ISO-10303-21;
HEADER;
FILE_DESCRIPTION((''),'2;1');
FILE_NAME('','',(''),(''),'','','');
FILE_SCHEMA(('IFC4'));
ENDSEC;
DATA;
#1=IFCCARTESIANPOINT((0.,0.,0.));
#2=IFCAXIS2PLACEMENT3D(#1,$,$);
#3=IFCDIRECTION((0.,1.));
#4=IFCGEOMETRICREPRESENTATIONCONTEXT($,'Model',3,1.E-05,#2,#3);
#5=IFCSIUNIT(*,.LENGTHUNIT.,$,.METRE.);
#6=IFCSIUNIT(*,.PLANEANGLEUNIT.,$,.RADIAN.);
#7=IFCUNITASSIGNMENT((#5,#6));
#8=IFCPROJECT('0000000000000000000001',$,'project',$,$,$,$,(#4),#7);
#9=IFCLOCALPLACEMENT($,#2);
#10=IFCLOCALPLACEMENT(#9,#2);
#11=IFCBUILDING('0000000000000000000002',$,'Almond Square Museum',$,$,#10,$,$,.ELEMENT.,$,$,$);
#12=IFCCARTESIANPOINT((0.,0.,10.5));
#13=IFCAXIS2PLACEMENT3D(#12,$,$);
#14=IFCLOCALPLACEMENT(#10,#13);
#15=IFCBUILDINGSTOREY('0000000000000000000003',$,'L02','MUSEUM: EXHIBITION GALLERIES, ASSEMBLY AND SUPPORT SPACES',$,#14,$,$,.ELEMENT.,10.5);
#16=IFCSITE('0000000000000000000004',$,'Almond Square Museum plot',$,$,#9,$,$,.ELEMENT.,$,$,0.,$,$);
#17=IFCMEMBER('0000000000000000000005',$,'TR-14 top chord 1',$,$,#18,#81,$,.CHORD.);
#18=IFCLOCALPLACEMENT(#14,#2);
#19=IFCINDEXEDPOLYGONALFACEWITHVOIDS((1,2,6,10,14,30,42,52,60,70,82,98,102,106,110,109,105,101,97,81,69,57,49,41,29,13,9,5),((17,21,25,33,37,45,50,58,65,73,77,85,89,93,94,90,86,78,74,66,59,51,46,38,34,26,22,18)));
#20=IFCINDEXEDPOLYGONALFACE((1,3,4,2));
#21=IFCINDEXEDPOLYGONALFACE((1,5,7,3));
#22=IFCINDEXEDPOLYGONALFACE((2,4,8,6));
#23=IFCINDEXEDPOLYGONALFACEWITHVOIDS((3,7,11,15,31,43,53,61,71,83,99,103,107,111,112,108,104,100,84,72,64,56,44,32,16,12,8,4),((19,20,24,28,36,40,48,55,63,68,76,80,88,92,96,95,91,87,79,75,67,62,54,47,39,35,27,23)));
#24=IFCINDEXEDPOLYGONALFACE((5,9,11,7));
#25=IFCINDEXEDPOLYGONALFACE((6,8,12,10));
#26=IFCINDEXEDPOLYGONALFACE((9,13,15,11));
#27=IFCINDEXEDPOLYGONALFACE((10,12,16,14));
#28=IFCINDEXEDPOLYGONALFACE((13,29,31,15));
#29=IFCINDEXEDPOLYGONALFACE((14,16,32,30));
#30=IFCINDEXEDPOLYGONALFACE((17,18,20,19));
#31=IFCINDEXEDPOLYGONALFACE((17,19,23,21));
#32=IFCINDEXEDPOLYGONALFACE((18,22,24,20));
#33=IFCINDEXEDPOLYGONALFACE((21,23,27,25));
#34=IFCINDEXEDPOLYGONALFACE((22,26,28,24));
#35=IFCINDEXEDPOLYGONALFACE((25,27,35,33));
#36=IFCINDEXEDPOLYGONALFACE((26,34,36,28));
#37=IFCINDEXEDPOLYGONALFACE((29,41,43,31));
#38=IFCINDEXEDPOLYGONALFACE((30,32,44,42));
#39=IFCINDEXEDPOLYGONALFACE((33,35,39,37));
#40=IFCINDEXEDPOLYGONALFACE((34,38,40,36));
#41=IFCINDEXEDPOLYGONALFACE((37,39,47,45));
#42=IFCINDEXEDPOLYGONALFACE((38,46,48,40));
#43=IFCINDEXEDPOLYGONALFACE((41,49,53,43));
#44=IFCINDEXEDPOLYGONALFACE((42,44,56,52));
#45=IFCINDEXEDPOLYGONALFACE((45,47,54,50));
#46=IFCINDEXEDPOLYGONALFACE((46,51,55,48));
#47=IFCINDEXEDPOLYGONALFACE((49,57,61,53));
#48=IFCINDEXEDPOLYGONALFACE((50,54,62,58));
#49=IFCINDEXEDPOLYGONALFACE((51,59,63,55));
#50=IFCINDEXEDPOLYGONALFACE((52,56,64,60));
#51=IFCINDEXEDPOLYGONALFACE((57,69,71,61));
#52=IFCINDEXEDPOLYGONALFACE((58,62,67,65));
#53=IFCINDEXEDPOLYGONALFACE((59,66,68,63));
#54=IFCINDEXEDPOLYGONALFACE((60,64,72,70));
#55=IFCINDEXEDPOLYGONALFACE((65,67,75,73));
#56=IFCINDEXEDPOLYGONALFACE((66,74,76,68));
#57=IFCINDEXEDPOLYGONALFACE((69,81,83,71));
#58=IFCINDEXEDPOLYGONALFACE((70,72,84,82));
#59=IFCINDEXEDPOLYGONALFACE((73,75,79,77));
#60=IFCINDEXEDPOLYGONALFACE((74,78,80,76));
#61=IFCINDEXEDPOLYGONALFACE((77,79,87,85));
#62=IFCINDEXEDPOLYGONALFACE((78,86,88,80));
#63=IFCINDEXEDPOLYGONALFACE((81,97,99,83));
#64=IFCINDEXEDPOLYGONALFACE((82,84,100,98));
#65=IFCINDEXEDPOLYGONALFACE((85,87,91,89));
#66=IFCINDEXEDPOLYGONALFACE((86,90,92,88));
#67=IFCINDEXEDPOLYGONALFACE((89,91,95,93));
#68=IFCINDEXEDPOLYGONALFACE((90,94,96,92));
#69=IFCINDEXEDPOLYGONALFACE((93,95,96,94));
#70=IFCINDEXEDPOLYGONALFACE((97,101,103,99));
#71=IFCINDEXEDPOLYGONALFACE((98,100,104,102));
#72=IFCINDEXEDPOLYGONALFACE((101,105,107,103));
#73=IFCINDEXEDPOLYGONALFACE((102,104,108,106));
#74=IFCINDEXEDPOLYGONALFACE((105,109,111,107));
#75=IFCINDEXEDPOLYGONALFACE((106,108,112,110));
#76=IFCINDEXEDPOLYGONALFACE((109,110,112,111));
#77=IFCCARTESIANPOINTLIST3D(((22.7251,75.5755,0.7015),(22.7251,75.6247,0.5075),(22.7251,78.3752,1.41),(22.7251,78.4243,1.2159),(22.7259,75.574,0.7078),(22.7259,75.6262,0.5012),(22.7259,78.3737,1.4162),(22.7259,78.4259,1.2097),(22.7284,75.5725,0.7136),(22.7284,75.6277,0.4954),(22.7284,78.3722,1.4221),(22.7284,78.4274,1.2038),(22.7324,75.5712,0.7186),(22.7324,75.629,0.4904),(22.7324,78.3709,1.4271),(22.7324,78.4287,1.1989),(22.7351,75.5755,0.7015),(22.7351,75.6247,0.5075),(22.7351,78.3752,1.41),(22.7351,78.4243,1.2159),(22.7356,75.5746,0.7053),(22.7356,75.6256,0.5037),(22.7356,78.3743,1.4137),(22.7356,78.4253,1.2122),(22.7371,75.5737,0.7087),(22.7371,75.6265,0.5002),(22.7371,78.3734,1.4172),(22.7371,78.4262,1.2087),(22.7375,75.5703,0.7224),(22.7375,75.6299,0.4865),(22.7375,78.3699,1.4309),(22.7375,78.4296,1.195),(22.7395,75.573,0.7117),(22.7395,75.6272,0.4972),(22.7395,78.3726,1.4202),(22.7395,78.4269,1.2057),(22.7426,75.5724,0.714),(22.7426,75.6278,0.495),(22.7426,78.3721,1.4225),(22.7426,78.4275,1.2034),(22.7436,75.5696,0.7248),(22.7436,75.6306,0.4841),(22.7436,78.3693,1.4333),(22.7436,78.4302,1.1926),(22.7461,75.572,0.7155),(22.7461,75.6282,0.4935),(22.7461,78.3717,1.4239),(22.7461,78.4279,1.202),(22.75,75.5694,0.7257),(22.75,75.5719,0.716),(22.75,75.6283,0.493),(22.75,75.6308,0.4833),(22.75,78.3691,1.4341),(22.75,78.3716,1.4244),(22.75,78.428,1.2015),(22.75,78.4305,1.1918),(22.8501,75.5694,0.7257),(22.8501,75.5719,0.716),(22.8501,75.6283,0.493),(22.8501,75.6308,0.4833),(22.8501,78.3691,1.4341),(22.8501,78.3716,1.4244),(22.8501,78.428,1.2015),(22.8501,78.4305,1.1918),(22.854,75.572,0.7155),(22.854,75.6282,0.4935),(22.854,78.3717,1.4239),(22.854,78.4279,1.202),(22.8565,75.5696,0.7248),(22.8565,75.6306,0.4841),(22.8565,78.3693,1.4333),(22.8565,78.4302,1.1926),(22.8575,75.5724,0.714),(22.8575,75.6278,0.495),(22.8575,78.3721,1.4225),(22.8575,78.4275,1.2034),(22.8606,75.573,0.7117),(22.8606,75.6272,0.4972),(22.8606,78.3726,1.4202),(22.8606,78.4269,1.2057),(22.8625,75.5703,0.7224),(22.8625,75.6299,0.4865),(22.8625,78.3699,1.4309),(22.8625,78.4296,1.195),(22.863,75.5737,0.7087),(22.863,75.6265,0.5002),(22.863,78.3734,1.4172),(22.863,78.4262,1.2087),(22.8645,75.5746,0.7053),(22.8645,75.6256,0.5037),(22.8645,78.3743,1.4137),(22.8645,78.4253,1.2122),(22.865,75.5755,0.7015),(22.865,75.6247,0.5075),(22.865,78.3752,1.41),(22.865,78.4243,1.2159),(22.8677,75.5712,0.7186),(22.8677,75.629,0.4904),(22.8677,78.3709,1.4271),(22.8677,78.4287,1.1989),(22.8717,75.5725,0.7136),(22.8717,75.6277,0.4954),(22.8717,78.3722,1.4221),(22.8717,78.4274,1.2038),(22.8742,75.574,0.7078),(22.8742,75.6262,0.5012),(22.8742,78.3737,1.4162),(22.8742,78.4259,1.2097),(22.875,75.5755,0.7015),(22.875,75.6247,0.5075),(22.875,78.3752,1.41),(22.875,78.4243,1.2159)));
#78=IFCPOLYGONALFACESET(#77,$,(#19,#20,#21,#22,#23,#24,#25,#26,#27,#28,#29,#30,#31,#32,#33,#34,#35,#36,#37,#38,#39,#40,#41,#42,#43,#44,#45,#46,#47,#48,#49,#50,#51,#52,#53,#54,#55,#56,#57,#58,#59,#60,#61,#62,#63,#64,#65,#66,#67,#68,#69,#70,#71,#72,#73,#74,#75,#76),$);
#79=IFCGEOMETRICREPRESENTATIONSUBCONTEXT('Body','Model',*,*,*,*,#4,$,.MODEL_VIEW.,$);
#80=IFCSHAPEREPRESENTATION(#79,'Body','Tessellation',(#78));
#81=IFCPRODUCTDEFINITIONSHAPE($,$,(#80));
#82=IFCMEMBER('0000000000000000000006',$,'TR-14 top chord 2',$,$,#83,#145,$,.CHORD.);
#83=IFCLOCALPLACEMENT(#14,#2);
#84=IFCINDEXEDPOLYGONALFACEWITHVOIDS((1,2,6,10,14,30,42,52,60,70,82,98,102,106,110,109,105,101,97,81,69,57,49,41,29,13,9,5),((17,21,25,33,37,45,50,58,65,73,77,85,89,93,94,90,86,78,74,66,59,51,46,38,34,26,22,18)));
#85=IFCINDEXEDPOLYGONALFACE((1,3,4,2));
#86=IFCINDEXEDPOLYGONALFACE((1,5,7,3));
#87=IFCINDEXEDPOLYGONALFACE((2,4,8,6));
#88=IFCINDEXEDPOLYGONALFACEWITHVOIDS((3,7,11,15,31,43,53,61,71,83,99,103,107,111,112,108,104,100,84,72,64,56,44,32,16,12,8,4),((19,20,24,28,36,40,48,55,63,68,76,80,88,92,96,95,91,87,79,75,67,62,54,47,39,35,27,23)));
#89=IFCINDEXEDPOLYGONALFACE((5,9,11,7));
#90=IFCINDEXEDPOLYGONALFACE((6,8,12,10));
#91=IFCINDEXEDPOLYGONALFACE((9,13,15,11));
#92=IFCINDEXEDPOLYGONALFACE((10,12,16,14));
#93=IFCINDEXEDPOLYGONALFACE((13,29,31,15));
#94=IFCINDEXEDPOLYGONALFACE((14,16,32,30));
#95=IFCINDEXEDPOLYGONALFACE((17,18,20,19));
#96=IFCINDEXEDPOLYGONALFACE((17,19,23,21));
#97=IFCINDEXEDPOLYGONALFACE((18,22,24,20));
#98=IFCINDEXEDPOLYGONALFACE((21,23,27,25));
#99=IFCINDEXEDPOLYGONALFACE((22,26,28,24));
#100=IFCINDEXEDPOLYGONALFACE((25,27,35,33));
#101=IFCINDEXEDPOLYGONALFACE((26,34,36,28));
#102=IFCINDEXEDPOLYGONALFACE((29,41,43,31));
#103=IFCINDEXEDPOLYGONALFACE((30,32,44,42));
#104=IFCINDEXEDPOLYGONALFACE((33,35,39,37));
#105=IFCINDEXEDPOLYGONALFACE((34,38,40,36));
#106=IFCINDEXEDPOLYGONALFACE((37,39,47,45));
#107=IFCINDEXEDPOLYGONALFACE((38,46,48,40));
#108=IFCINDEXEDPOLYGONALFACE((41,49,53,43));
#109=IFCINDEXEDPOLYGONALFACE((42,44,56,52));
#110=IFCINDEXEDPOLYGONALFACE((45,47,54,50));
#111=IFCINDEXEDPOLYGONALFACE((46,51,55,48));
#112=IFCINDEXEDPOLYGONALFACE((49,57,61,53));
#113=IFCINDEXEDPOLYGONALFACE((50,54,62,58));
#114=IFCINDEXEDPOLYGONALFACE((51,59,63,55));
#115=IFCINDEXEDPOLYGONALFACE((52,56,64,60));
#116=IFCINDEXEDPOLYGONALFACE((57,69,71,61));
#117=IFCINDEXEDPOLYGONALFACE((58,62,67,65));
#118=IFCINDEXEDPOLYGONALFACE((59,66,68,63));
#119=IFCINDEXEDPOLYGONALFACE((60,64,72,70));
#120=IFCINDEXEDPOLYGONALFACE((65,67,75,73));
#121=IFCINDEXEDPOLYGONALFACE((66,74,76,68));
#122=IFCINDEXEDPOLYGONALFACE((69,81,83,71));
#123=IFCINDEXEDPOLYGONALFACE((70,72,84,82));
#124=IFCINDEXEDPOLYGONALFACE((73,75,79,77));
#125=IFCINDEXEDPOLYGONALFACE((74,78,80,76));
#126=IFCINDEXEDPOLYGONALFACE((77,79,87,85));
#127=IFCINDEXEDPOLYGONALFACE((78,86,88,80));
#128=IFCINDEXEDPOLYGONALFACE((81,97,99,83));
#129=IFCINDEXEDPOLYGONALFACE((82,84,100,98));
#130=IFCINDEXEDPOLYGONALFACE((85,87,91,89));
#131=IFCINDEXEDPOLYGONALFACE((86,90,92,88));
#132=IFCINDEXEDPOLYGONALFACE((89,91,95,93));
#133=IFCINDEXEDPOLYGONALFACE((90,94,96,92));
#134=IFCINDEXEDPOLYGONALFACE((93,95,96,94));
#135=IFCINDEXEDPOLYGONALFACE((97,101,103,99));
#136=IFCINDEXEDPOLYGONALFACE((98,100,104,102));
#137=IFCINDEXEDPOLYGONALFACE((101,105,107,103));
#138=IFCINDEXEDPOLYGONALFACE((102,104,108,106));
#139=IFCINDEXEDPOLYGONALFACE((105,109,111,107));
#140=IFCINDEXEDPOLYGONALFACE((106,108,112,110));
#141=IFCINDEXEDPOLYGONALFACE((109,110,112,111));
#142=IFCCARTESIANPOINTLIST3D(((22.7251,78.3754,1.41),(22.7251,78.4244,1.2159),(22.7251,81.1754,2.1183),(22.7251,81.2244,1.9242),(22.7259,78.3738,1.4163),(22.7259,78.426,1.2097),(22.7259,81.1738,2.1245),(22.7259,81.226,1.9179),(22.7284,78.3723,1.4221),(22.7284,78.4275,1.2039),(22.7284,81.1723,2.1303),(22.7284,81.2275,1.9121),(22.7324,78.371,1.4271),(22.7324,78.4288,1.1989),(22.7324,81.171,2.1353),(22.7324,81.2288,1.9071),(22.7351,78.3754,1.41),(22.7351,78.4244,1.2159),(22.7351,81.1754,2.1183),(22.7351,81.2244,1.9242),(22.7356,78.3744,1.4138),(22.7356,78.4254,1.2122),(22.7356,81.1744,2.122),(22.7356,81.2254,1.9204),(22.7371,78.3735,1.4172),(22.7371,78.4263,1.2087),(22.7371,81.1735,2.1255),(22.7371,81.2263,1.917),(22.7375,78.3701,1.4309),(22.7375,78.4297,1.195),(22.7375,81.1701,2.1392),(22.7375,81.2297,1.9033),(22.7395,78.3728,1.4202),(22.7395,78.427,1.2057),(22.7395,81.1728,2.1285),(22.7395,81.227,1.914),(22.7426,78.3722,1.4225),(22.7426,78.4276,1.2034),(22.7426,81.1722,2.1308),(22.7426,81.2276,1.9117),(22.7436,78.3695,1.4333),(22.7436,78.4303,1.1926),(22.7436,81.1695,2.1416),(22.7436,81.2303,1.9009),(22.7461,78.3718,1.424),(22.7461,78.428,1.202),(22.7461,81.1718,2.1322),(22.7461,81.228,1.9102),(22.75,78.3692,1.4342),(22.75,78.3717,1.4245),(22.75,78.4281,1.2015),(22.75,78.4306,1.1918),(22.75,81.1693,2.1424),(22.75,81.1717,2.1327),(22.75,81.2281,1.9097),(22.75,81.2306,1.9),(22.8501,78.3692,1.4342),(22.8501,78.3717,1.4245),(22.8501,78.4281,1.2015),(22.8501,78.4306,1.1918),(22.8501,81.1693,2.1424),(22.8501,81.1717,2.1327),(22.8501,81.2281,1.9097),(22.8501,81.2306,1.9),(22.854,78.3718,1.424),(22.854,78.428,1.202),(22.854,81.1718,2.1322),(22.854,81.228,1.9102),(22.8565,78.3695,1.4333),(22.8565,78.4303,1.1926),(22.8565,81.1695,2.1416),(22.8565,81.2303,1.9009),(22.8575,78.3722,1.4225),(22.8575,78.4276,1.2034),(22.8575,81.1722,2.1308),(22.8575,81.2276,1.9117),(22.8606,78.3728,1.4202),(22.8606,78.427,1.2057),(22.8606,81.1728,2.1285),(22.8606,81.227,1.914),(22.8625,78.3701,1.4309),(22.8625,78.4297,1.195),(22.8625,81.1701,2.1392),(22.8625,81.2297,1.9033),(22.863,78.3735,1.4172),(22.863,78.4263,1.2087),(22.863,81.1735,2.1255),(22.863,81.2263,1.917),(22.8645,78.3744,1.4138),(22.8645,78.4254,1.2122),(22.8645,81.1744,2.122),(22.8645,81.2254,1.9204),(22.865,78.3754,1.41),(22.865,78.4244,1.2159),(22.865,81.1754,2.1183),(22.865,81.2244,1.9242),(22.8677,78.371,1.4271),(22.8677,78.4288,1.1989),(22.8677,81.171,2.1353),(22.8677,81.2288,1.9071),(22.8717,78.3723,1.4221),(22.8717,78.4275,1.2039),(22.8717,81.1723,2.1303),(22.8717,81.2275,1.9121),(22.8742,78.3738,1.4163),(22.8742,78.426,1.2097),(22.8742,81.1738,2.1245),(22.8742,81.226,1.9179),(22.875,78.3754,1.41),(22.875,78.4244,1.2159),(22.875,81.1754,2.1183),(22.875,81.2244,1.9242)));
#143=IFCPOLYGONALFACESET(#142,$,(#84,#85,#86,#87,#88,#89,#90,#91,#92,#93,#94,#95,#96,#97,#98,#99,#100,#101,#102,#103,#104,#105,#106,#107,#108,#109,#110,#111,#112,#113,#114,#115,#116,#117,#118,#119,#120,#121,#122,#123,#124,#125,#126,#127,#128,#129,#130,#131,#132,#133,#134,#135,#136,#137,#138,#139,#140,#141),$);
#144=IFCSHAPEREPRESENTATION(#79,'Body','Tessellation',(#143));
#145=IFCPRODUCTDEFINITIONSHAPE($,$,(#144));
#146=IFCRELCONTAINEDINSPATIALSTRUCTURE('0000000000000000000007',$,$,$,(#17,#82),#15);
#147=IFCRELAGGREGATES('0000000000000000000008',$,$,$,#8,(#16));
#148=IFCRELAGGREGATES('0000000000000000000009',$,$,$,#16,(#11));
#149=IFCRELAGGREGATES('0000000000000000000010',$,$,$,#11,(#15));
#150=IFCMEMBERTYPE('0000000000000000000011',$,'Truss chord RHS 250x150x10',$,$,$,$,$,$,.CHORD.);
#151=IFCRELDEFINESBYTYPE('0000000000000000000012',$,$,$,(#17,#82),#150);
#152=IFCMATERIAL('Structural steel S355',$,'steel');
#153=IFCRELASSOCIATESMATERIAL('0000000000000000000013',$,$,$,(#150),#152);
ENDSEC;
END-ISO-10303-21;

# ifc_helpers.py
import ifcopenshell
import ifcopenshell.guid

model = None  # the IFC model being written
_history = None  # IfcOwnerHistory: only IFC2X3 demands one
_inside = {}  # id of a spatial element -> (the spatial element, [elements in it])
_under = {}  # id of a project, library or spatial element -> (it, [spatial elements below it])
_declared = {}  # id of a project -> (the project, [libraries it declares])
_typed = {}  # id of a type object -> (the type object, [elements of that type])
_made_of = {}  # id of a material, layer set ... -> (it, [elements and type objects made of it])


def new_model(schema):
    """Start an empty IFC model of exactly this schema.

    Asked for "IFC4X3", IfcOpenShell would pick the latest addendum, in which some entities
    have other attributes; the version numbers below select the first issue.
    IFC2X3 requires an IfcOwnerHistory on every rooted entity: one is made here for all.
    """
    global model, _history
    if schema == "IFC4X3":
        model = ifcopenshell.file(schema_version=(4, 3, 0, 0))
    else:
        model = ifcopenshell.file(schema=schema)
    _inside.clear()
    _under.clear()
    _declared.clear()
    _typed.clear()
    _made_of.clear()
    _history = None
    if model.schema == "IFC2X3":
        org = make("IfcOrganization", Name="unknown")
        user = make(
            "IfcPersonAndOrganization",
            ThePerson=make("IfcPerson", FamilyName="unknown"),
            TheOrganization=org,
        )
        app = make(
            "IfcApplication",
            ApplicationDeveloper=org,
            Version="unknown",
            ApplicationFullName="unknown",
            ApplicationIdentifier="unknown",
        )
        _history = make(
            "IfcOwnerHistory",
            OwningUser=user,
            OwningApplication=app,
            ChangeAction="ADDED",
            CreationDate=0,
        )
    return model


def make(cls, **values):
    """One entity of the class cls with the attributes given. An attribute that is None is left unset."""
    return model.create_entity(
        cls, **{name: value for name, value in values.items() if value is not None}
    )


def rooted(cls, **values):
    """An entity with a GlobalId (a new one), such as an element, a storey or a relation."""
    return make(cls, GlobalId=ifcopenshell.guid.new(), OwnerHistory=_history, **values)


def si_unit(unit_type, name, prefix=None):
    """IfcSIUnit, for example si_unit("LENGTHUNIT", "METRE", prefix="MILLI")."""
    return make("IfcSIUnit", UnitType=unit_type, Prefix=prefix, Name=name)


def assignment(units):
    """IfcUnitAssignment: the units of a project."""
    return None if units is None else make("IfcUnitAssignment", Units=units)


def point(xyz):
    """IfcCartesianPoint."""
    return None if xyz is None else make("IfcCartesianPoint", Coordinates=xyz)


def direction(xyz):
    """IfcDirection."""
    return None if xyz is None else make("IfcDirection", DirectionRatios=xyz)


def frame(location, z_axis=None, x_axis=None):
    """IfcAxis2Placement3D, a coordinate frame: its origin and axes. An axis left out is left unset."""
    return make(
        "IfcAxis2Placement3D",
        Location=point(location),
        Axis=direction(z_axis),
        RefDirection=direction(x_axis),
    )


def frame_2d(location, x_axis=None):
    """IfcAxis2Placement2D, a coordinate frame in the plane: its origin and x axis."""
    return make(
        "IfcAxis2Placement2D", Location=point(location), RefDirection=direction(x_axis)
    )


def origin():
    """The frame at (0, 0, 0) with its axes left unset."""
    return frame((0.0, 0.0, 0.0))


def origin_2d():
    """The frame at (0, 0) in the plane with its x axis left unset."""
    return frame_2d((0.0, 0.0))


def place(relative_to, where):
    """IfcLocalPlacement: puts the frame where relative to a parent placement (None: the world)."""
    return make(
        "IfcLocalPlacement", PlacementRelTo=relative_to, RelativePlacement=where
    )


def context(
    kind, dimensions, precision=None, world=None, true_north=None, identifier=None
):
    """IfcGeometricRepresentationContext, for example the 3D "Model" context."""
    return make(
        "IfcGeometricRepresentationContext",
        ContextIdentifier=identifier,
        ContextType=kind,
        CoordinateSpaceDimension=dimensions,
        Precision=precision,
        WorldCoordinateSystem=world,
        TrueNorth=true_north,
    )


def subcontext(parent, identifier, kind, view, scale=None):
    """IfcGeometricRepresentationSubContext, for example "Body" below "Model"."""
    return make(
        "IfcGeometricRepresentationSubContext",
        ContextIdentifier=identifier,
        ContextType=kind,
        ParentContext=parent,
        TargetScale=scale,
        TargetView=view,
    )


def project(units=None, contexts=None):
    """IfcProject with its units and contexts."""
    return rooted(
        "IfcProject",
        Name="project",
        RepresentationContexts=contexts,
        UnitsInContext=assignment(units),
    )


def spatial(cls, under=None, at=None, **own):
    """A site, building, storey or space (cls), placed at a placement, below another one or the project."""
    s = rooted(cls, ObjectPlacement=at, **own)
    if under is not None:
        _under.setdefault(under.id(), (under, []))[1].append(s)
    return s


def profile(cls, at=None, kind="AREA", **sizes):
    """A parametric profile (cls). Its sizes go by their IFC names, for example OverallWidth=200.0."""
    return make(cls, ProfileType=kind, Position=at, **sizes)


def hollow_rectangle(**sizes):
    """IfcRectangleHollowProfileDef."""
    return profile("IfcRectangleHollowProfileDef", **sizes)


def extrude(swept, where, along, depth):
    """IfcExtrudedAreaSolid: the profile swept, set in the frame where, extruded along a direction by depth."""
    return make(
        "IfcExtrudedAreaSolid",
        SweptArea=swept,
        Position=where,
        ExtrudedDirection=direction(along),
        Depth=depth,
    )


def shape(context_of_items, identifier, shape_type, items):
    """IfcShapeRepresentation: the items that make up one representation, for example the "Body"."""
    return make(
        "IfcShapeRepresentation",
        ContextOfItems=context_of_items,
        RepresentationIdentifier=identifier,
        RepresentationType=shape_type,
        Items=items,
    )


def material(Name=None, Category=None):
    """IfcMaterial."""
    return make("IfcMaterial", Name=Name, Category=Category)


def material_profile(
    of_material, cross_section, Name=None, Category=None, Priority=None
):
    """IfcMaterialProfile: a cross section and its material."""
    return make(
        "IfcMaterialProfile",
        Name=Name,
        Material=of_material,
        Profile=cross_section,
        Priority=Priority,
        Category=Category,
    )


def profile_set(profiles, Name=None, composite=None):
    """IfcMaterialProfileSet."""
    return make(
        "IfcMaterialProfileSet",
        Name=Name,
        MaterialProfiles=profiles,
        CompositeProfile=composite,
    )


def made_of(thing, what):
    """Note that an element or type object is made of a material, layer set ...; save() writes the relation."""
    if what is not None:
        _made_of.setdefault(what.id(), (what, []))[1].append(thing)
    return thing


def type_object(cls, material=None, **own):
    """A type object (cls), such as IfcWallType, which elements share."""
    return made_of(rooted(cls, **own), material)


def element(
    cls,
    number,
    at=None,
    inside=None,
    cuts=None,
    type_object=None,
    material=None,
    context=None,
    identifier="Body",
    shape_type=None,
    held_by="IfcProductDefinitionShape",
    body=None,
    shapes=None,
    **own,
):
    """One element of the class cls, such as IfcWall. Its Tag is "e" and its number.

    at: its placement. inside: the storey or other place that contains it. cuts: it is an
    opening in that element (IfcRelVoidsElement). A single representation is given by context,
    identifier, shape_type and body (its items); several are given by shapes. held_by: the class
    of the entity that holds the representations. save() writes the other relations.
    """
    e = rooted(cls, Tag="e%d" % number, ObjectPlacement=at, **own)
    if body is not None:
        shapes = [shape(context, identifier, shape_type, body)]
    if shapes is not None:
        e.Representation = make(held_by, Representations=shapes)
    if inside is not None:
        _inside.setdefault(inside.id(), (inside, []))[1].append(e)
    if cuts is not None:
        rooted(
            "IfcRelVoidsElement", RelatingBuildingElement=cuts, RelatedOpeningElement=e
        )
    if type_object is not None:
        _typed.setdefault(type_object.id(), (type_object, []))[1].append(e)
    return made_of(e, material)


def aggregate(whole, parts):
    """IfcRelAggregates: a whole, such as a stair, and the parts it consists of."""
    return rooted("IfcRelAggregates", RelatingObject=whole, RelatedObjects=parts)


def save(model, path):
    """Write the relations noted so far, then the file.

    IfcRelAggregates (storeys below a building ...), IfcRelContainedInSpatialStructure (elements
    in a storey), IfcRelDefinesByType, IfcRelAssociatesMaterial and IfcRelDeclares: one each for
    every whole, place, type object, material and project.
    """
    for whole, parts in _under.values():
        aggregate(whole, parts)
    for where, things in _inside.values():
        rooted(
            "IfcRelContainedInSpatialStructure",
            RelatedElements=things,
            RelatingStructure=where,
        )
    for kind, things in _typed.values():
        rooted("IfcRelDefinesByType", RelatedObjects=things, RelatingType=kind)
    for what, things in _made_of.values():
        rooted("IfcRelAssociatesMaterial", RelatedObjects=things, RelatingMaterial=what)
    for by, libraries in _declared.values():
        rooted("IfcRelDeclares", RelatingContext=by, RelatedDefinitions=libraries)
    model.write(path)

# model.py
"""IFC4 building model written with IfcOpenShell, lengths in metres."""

from ifc_helpers import new_model, si_unit, direction, frame, origin, origin_2d, place, context, subcontext, project, spatial, hollow_rectangle, extrude, material, material_profile, profile_set, type_object, element, save


model = new_model("IFC4")

# Units and contexts
model_context = context("Model", 3, precision=1e-05, world=origin(), true_north=direction((0.0, 1.0)))
body_context = subcontext(model_context, "Body", "Model", "MODEL_VIEW")
ifc_project = project(units=[si_unit("LENGTHUNIT", "METRE"), si_unit("PLANEANGLEUNIT", "RADIAN")], contexts=[model_context])

# Site, building, storey
site_placement = place(None, origin())
site = spatial("IfcSite", under=ifc_project, at=site_placement, Name="Almond Square Museum plot", CompositionType="ELEMENT", RefElevation=0.0)
building_placement = place(site_placement, origin())
building = spatial("IfcBuilding", under=site, at=building_placement, Name="Almond Square Museum", CompositionType="ELEMENT")
storey_placement = place(building_placement, frame((0.0, 0.0, 10.5)))
storey = spatial("IfcBuildingStorey", under=building, at=storey_placement, Name="L02", Description="MUSEUM: EXHIBITION GALLERIES, ASSEMBLY AND SUPPORT SPACES", CompositionType="ELEMENT", Elevation=10.5)

# Members
ifc_material_1 = material(Name="Structural steel S355", Category="steel")
ifc_material_profile_1 = material_profile(ifc_material_1, hollow_rectangle(XDim=0.1499, YDim=0.25, WallThickness=0.01, InnerFilletRadius=0.0149, OuterFilletRadius=0.0249, at=origin_2d()))
ifc_profile_set_1 = profile_set([ifc_material_profile_1], Name="Structural steel S355")
member_type_1 = type_object("IfcMemberType", Name="Truss chord RHS 250x150x10", PredefinedType="CHORD", material=ifc_profile_set_1)
member_1_placement = place(storey_placement, frame((22.8, 75.6001, 0.6045), z_axis=(0.0, 0.969442, 0.245319), x_axis=(-1.0, 0.0, 0.0)))
element("IfcMember", 1, at=member_1_placement, inside=storey, type_object=member_type_1, Name="TR-14 top chord 1", PredefinedType="CHORD", context=body_context, shape_type="SweptSolid", body=[
    extrude(hollow_rectangle(XDim=0.1499, YDim=0.25, WallThickness=0.01, InnerFilletRadius=0.0149, OuterFilletRadius=0.0249, at=origin_2d()), origin(), (0.0, 0.0, 1.0), 2.8879),
])
member_2_placement = place(storey_placement, frame((22.8, 78.3999, 1.313), z_axis=(0.0, 0.969468, 0.24522), x_axis=(-1.0, 0.0, 0.0)))
element("IfcMember", 2, at=member_2_placement, inside=storey, type_object=member_type_1, Name="TR-14 top chord 2", PredefinedType="CHORD", context=body_context, shape_type="SweptSolid", body=[
    extrude(hollow_rectangle(XDim=0.1499, YDim=0.25, WallThickness=0.01, InnerFilletRadius=0.0149, OuterFilletRadius=0.0249, at=origin_2d()), origin(), (0.0, 0.0, 1.0), 2.8882),
])

save(model, "model.ifc")
